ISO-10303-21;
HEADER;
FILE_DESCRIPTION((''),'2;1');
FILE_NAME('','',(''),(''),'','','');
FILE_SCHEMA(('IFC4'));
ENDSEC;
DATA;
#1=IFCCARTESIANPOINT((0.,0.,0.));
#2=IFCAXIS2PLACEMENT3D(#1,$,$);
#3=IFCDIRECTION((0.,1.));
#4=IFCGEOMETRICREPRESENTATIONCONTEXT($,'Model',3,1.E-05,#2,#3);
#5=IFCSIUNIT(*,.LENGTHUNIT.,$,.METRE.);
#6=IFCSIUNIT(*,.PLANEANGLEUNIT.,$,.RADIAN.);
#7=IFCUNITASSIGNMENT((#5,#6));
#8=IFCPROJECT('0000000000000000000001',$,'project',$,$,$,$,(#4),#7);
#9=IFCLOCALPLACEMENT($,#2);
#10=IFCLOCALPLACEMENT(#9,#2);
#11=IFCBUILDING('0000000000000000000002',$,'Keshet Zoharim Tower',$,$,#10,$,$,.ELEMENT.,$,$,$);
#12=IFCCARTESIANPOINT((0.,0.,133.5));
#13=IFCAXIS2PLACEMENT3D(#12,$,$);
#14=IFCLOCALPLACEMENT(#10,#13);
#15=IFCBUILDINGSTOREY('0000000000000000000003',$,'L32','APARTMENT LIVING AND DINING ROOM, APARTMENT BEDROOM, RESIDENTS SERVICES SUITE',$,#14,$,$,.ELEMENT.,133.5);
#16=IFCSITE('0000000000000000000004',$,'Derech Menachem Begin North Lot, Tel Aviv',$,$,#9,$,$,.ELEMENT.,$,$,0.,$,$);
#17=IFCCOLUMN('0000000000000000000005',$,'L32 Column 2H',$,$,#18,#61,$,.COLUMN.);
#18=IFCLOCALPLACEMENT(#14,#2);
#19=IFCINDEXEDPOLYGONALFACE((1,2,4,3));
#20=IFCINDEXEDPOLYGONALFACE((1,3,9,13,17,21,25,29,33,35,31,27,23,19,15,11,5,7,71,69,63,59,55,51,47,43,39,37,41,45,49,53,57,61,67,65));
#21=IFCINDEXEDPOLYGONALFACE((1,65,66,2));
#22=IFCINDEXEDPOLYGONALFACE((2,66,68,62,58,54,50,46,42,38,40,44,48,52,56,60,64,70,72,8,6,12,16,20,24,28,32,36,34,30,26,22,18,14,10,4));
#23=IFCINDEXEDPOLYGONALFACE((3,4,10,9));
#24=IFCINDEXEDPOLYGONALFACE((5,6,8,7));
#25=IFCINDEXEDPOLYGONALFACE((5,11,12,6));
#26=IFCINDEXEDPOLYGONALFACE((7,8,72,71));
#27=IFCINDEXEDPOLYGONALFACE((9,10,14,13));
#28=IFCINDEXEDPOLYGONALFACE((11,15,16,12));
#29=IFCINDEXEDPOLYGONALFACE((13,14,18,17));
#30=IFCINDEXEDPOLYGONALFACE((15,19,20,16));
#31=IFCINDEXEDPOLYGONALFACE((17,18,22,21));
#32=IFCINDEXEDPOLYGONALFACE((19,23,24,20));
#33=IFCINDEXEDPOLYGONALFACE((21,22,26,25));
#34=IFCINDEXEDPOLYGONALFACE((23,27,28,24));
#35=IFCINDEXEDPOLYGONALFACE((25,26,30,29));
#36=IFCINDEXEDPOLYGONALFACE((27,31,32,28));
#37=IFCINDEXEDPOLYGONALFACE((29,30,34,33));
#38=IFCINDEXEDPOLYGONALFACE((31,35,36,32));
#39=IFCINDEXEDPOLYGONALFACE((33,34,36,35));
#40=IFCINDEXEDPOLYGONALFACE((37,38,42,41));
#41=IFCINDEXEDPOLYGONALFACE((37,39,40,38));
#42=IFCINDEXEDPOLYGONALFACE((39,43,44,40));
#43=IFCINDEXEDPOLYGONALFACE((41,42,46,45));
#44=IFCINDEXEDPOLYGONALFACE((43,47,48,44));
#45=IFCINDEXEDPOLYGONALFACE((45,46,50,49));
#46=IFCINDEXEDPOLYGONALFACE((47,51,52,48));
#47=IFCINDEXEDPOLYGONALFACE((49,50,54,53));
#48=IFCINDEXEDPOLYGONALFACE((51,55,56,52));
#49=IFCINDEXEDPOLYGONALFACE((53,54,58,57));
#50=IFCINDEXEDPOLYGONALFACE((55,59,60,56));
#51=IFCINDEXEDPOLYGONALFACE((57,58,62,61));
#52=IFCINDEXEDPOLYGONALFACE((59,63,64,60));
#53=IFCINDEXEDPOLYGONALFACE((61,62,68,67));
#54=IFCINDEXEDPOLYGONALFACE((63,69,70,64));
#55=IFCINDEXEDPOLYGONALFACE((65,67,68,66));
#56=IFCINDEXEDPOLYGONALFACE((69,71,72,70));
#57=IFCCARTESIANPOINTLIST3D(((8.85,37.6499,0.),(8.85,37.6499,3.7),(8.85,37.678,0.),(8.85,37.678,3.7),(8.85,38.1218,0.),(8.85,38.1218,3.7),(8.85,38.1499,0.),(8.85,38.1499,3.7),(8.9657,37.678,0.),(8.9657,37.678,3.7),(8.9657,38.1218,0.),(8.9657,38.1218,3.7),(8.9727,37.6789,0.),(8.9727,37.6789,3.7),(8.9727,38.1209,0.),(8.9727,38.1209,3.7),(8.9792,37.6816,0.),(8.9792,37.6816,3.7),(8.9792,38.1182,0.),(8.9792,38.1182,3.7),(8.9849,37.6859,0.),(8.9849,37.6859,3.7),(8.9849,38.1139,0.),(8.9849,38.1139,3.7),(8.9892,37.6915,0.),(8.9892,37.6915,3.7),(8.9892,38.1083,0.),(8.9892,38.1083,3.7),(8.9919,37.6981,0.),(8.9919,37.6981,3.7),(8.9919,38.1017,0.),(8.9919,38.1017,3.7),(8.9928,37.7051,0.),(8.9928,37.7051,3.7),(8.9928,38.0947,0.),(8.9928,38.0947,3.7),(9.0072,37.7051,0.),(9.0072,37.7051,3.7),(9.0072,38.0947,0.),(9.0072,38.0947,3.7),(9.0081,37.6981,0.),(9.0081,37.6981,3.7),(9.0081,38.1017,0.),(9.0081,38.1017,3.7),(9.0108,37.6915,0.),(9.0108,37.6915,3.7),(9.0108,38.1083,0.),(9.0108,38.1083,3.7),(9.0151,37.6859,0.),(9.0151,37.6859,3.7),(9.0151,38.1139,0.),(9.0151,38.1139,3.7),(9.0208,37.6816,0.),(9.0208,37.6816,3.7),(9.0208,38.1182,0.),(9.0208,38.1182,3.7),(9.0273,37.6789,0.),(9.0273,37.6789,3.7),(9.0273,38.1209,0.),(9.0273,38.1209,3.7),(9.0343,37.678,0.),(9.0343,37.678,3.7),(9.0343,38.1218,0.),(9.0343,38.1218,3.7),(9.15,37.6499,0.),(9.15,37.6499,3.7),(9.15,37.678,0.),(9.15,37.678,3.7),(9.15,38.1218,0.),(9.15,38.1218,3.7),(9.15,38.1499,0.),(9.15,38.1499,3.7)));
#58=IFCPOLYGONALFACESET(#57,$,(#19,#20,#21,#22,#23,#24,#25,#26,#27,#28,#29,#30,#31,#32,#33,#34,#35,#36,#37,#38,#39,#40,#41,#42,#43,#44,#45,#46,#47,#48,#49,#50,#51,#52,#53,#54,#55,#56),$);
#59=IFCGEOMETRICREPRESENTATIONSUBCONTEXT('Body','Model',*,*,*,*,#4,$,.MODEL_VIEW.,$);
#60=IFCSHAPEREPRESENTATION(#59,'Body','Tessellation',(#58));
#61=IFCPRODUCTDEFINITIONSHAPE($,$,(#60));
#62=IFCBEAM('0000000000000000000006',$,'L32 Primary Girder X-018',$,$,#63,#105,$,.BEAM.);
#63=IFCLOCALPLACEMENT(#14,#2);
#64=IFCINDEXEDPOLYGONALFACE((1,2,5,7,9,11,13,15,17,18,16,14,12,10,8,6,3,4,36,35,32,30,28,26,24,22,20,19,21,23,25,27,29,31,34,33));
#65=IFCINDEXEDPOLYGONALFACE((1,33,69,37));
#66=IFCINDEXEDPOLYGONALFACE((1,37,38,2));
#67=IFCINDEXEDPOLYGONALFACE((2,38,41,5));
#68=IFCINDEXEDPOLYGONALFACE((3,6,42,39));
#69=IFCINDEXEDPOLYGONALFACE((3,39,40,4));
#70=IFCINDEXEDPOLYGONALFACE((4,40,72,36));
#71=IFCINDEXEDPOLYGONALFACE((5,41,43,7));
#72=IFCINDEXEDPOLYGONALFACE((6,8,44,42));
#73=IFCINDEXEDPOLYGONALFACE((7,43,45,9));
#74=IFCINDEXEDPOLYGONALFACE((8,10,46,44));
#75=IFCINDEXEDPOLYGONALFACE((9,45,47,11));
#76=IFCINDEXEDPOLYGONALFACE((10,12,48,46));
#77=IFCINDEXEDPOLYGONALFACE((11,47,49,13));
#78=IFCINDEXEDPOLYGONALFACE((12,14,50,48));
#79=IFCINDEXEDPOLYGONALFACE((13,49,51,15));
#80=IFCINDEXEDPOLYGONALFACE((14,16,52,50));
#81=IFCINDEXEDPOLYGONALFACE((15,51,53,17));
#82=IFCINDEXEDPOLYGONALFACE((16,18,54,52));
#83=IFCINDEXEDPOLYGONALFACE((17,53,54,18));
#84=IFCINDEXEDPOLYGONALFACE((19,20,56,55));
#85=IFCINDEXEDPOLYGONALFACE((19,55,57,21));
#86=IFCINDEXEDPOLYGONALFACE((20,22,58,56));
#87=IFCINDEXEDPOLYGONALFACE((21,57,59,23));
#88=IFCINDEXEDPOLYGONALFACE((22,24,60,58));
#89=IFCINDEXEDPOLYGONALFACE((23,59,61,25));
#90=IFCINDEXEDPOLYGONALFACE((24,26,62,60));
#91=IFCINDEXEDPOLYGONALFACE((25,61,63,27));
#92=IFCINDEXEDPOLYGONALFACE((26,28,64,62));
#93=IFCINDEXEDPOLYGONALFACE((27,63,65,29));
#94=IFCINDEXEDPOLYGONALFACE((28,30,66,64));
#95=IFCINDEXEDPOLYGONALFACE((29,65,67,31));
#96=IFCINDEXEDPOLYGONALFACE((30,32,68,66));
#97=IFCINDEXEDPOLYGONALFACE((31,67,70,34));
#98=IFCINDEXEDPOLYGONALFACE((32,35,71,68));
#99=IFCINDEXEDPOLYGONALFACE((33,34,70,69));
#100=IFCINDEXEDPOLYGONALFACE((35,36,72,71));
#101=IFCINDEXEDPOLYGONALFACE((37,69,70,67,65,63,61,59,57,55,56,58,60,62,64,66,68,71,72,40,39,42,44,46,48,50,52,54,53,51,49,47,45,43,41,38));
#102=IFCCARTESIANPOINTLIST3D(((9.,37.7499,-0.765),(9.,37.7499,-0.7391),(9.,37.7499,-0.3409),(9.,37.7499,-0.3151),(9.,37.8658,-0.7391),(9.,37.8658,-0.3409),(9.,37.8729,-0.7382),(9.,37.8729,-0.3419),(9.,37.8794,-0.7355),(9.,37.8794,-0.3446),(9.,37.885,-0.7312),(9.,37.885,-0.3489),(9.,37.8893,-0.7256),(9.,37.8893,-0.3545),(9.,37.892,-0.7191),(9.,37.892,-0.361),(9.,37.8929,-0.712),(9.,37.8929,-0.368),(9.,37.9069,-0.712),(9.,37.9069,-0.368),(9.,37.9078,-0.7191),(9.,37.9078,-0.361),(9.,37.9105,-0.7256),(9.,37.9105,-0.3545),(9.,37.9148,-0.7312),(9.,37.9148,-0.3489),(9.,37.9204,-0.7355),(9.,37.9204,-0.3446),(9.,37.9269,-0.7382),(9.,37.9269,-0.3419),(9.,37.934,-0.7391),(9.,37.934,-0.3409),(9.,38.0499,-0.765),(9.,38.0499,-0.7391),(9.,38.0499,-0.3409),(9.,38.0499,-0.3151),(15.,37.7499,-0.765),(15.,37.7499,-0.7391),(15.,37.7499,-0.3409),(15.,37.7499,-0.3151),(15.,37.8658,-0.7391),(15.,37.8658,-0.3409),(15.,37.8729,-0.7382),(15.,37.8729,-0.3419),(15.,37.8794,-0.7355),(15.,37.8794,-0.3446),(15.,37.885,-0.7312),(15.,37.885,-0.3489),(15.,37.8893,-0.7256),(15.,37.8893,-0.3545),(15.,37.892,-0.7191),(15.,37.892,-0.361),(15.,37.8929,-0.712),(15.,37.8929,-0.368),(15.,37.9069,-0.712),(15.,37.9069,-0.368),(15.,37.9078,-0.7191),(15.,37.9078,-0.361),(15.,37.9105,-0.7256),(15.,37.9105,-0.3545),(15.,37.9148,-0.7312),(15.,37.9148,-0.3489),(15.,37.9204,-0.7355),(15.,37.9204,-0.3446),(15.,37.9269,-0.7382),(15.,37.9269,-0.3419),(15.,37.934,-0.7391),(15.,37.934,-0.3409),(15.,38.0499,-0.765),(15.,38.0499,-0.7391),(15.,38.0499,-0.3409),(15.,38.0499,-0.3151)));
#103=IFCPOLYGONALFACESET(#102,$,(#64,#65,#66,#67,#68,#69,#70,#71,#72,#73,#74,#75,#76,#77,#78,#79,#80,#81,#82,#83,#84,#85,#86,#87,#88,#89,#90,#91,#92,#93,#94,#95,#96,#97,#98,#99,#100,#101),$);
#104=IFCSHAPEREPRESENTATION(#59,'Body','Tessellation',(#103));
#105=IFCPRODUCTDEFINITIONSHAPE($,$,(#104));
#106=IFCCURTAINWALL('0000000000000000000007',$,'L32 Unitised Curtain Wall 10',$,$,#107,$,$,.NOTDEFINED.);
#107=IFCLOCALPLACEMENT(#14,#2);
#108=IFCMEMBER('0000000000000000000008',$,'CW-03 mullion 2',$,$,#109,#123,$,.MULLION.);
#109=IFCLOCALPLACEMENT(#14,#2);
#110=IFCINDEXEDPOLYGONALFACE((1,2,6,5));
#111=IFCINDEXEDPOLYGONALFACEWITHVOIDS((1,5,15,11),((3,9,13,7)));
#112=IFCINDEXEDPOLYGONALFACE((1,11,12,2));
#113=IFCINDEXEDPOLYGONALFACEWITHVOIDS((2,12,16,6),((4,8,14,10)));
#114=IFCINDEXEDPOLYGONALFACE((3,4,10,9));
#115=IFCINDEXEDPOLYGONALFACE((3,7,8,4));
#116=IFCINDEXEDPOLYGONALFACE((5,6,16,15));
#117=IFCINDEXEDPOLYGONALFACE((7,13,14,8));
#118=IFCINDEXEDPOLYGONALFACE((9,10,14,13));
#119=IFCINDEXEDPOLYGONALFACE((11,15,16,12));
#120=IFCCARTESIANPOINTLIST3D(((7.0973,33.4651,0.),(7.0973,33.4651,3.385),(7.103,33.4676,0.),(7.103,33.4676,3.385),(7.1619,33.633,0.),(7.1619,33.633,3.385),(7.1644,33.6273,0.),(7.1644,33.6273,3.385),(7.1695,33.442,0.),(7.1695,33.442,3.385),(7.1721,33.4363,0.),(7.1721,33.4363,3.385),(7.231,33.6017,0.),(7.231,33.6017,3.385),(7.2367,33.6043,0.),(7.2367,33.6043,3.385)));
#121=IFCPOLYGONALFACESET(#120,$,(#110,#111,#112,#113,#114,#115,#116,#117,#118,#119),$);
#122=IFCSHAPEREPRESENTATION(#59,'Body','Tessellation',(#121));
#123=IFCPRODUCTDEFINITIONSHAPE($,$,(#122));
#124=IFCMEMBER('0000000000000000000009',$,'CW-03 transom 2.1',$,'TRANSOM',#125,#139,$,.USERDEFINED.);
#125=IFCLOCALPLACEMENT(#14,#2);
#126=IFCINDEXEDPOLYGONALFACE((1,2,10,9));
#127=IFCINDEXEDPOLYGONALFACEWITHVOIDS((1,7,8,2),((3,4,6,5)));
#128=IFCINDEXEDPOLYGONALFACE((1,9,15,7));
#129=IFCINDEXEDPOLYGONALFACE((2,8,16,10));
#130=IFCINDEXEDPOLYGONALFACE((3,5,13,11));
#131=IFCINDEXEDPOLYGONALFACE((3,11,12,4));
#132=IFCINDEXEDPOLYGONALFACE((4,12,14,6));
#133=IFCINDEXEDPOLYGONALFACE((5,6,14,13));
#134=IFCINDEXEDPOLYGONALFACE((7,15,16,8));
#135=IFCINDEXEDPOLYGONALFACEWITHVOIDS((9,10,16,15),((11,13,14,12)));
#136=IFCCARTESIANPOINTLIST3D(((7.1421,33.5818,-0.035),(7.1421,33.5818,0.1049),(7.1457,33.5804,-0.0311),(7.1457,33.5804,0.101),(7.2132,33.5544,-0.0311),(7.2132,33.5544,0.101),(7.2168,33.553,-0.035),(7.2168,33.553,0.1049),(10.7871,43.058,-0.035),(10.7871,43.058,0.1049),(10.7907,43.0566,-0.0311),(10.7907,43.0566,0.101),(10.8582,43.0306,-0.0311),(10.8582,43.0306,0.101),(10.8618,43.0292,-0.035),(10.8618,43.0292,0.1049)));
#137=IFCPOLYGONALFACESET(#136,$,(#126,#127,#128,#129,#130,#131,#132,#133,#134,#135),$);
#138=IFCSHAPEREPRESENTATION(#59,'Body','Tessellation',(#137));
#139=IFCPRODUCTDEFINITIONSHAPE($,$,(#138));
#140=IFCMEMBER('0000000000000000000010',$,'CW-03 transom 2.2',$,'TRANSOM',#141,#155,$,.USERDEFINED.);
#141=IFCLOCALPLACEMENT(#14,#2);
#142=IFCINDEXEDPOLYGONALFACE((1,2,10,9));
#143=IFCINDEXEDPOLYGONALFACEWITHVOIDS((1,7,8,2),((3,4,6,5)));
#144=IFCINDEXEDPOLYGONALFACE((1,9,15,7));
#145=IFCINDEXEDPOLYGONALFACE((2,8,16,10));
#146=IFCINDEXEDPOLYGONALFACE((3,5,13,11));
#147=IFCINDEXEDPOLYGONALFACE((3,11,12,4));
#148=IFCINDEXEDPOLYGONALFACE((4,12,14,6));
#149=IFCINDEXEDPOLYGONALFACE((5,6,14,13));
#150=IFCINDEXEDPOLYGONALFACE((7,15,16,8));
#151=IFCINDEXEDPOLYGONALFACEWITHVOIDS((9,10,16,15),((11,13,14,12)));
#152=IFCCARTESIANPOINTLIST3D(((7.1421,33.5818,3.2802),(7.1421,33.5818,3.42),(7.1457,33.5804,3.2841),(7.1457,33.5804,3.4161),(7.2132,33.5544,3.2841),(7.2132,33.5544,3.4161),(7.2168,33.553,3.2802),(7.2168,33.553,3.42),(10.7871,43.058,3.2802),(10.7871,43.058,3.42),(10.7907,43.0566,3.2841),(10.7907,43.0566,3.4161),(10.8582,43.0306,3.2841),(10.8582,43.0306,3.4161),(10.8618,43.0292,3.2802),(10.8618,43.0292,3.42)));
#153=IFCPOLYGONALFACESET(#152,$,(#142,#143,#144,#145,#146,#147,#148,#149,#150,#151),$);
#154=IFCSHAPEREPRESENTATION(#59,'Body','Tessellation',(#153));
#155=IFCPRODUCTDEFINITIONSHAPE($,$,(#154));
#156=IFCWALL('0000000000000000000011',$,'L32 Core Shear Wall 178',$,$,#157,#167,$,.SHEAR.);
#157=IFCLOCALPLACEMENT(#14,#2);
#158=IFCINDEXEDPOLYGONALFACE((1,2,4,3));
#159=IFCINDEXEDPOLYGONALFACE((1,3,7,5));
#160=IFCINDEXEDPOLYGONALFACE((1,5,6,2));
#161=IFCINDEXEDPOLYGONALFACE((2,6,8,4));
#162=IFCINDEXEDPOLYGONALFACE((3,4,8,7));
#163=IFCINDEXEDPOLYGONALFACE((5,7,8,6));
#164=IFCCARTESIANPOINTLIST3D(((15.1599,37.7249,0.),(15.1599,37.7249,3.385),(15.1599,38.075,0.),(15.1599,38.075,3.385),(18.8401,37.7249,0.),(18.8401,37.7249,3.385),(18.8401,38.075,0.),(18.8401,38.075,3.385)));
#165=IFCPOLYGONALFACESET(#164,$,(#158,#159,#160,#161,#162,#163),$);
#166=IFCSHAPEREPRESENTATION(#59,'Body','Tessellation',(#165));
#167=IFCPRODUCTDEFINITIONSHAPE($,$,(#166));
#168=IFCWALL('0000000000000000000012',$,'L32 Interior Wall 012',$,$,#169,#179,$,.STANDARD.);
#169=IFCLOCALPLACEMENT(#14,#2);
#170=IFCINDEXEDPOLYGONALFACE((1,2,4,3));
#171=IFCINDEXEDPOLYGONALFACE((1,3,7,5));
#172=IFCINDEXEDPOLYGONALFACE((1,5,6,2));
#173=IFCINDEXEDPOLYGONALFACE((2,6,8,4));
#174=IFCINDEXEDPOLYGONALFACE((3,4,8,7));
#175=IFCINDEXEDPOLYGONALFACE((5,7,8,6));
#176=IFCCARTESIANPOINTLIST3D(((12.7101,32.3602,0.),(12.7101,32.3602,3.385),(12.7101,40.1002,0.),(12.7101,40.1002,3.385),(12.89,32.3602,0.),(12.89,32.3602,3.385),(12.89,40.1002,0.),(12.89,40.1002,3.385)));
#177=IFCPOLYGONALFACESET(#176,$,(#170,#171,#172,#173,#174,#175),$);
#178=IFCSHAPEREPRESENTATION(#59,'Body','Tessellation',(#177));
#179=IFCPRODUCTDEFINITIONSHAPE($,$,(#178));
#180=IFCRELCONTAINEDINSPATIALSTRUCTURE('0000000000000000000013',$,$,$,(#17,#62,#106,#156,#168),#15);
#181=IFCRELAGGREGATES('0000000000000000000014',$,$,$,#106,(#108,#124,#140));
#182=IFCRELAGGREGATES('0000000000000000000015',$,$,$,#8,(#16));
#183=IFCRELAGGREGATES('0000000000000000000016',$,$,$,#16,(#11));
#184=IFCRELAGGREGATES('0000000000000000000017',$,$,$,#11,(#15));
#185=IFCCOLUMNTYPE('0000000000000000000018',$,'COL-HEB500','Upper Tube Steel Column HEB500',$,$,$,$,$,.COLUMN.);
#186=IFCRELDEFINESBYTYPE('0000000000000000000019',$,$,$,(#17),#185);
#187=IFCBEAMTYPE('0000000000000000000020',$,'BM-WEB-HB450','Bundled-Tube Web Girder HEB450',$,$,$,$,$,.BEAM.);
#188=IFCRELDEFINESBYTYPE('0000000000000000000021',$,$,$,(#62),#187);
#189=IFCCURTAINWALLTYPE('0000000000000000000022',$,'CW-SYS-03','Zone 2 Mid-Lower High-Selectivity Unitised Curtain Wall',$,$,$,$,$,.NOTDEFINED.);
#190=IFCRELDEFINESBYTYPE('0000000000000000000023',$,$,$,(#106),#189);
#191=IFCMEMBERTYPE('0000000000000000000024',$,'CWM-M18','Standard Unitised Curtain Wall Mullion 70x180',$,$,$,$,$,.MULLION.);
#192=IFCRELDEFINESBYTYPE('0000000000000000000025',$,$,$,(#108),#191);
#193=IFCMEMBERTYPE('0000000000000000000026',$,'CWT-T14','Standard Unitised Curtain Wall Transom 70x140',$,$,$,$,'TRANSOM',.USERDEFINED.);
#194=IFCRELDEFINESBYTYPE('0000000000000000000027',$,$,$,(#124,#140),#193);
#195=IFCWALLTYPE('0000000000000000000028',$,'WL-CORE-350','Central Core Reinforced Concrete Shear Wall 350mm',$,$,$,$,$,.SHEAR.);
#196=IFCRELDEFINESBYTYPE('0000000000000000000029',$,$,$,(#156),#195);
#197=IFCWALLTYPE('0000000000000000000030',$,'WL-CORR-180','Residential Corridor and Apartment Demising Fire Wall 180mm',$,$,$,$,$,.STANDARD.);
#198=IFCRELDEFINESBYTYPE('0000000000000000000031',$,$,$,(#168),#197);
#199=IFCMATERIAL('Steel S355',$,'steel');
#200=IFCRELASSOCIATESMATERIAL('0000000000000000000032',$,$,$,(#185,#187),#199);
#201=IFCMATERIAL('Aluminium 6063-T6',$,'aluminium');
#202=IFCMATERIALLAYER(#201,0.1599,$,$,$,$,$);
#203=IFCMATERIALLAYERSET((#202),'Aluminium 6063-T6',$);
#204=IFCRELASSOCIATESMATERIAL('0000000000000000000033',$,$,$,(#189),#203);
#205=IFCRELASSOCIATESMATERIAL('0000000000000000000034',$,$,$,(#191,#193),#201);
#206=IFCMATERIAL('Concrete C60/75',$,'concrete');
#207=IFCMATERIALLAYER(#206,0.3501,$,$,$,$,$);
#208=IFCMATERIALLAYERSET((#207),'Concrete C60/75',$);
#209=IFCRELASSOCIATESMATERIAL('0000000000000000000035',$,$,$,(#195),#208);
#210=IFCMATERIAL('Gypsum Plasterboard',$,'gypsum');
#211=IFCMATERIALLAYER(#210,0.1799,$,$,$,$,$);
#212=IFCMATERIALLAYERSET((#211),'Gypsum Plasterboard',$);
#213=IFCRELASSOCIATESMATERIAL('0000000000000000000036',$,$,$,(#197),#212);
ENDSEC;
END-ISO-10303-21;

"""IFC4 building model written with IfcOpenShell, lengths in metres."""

from ifc_helpers import new_model, si_unit, direction, frame, frame_2d, origin, origin_2d, place, context, subcontext, project, spatial, rectangle, hollow_rectangle, i_section, extrude, material, layer, layer_set, material_profile, profile_set, type_object, element, aggregate, save


model = new_model("IFC4")

# Units and contexts
model_context = context("Model", 3, precision=1e-05, world=origin(), true_north=direction((0.0, 1.0)))
body_context = subcontext(model_context, "Body", "Model", "MODEL_VIEW")
ifc_project = project(units=[si_unit("LENGTHUNIT", "METRE"), si_unit("PLANEANGLEUNIT", "RADIAN")], contexts=[model_context])

# Site, building, storey
site_placement = place(None, origin())
site = spatial("IfcSite", under=ifc_project, at=site_placement, Name="Derech Menachem Begin North Lot, Tel Aviv", CompositionType="ELEMENT", RefElevation=0.0)
building_placement = place(site_placement, origin())
building = spatial("IfcBuilding", under=site, at=building_placement, Name="Keshet Zoharim Tower", CompositionType="ELEMENT")
storey_placement = place(building_placement, frame((0.0, 0.0, 133.5)))
storey = spatial("IfcBuildingStorey", under=building, at=storey_placement, Name="L32", Description="APARTMENT LIVING AND DINING ROOM, APARTMENT BEDROOM, RESIDENTS SERVICES SUITE", CompositionType="ELEMENT", Elevation=133.5)

# Column
ifc_material_1 = material(Name="Steel S355", Category="steel")
ifc_material_profile_1 = material_profile(ifc_material_1, i_section(OverallWidth=0.3, OverallDepth=0.5, WebThickness=0.0144, FlangeThickness=0.0281, FilletRadius=0.0271, at=origin_2d()), Name="HEB500")
ifc_profile_set_1 = profile_set([ifc_material_profile_1], Name="Steel S355")
column_type = type_object("IfcColumnType", Name="COL-HEB500", Description="Upper Tube Steel Column HEB500", PredefinedType="COLUMN", material=ifc_profile_set_1)
column_placement = place(storey_placement, frame((9.0, 37.8999, 0.0), z_axis=(0.0, 0.0, 1.0), x_axis=(1.0, 0.0, 0.0)))
element("IfcColumn", 1, at=column_placement, inside=storey, type_object=column_type, Name="L32 Column 2H", PredefinedType="COLUMN", context=body_context, shape_type="SweptSolid", body=[
    extrude(i_section(OverallWidth=0.3, OverallDepth=0.5, WebThickness=0.0144, FlangeThickness=0.0281, FilletRadius=0.0271, at=origin_2d()), origin(), (0.0, 0.0, 1.0), 3.7),
])

# Beam
ifc_material_profile_2 = material_profile(ifc_material_1, i_section(OverallWidth=0.3, OverallDepth=0.45, WebThickness=0.0139, FlangeThickness=0.0259, FilletRadius=0.0271, at=origin_2d()), Name="HEB450")
ifc_profile_set_2 = profile_set([ifc_material_profile_2], Name="Steel S355")
beam_type = type_object("IfcBeamType", Name="BM-WEB-HB450", Description="Bundled-Tube Web Girder HEB450", PredefinedType="BEAM", material=ifc_profile_set_2)
beam_placement = place(storey_placement, frame((9.0, 37.8999, -0.54), z_axis=(1.0, 0.0, 0.0), x_axis=(0.0, 1.0, 0.0)))
element("IfcBeam", 2, at=beam_placement, inside=storey, type_object=beam_type, Name="L32 Primary Girder X-018", PredefinedType="BEAM", context=body_context, shape_type="SweptSolid", body=[
    extrude(i_section(OverallWidth=0.3, OverallDepth=0.45, WebThickness=0.0139, FlangeThickness=0.0259, FilletRadius=0.0271, at=origin_2d()), origin(), (0.0, 0.0, 1.0), 6.0),
])

# Curtain wall, members
ifc_material_2 = material(Name="Aluminium 6063-T6", Category="aluminium")
ifc_layer_1 = layer(ifc_material_2, 0.1599)
ifc_layer_set_1 = layer_set([ifc_layer_1], Name="Aluminium 6063-T6")
curtain_wall_type = type_object("IfcCurtainWallType", Name="CW-SYS-03", Description="Zone 2 Mid-Lower High-Selectivity Unitised Curtain Wall", PredefinedType="NOTDEFINED", material=ifc_layer_set_1)
curtain_wall_placement = place(storey_placement, origin())
curtain_wall = element("IfcCurtainWall", 3, at=curtain_wall_placement, inside=storey, type_object=curtain_wall_type, Name="L32 Unitised Curtain Wall 10", PredefinedType="NOTDEFINED")
ifc_material_profile_3 = material_profile(ifc_material_2, hollow_rectangle(XDim=0.0801, YDim=0.1799, WallThickness=0.0044, at=origin_2d()), Name="MUL-80x180")
ifc_profile_set_3 = profile_set([ifc_material_profile_3], Name="Aluminium 6063-T6")
member_type_1 = type_object("IfcMemberType", Name="CWM-M18", Description="Standard Unitised Curtain Wall Mullion 70x180", PredefinedType="MULLION", material=ifc_profile_set_3)
member_1_placement = place(storey_placement, frame((7.167, 33.5347, 0.0), z_axis=(0.0, 0.0, 1.0), x_axis=(-0.933341, 0.35899, 0.0)))
member_1 = element("IfcMember", 4, at=member_1_placement, type_object=member_type_1, Name="CW-03 mullion 2", PredefinedType="MULLION", context=body_context, shape_type="SweptSolid", body=[
    extrude(hollow_rectangle(XDim=0.0801, YDim=0.1799, WallThickness=0.0044, at=origin_2d()), origin(), (0.0, 0.0, 1.0), 3.385),
])
ifc_material_profile_4 = material_profile(ifc_material_2, hollow_rectangle(XDim=0.0801, YDim=0.1399, WallThickness=0.0039, at=origin_2d()), Name="TRN-80x140")
ifc_profile_set_4 = profile_set([ifc_material_profile_4], Name="Aluminium 6063-T6")
member_type_2 = type_object("IfcMemberType", Name="CWT-T14", Description="Standard Unitised Curtain Wall Transom 70x140", ElementType="TRANSOM", PredefinedType="USERDEFINED", material=ifc_profile_set_4)
member_2_placement = place(storey_placement, frame((7.1794, 33.5674, 0.0349), z_axis=(0.359003, 0.933336, 0.0), x_axis=(-0.933336, 0.359003, 0.0)))
member_2 = element("IfcMember", 5, at=member_2_placement, type_object=member_type_2, Name="CW-03 transom 2.1", ObjectType="TRANSOM", PredefinedType="USERDEFINED", context=body_context, shape_type="SweptSolid", body=[
    extrude(hollow_rectangle(XDim=0.0801, YDim=0.1399, WallThickness=0.0039, at=origin_2d()), origin(), (0.0, 0.0, 1.0), 10.1531),
])
member_3_placement = place(storey_placement, frame((7.1794, 33.5674, 3.3501), z_axis=(0.359003, 0.933336, 0.0), x_axis=(-0.933336, 0.359003, 0.0)))
member_3 = element("IfcMember", 6, at=member_3_placement, type_object=member_type_2, Name="CW-03 transom 2.2", ObjectType="TRANSOM", PredefinedType="USERDEFINED", context=body_context, shape_type="SweptSolid", body=[
    extrude(hollow_rectangle(XDim=0.0801, YDim=0.1399, WallThickness=0.0039, at=origin_2d()), origin(), (0.0, 0.0, 1.0), 10.1531),
])
aggregate(curtain_wall, [member_1, member_2, member_3])

# Walls
ifc_material_3 = material(Name="Concrete C60/75", Category="concrete")
ifc_layer_2 = layer(ifc_material_3, 0.3501)
ifc_layer_set_2 = layer_set([ifc_layer_2], Name="Concrete C60/75")
wall_type_1 = type_object("IfcWallType", Name="WL-CORE-350", Description="Central Core Reinforced Concrete Shear Wall 350mm", PredefinedType="SHEAR", material=ifc_layer_set_2)
wall_1_placement = place(storey_placement, frame((15.1599, 37.8999, 0.0), z_axis=(0.0, 0.0, 1.0), x_axis=(1.0, 0.0, 0.0)))
element("IfcWall", 7, at=wall_1_placement, inside=storey, type_object=wall_type_1, Name="L32 Core Shear Wall 178", PredefinedType="SHEAR", context=body_context, shape_type="SweptSolid", body=[
    extrude(rectangle(XDim=3.6802, YDim=0.3501, at=frame_2d((1.8401, 0.0))), origin(), (0.0, 0.0, 1.0), 3.385),
])
ifc_material_4 = material(Name="Gypsum Plasterboard", Category="gypsum")
ifc_layer_3 = layer(ifc_material_4, 0.1799)
ifc_layer_set_3 = layer_set([ifc_layer_3], Name="Gypsum Plasterboard")
wall_type_2 = type_object("IfcWallType", Name="WL-CORR-180", Description="Residential Corridor and Apartment Demising Fire Wall 180mm", PredefinedType="STANDARD", material=ifc_layer_set_3)
wall_2_placement = place(storey_placement, frame((12.8, 32.3601, 0.0), z_axis=(0.0, 0.0, 1.0), x_axis=(0.0, 1.0, 0.0)))
element("IfcWall", 8, at=wall_2_placement, inside=storey, type_object=wall_type_2, Name="L32 Interior Wall 012", PredefinedType="STANDARD", context=body_context, shape_type="SweptSolid", body=[
    extrude(rectangle(XDim=7.74, YDim=0.1799, at=frame_2d((3.8701, 0.0))), origin(), (0.0, 0.0, 1.0), 3.385),
])

save(model, "model.ifc")
